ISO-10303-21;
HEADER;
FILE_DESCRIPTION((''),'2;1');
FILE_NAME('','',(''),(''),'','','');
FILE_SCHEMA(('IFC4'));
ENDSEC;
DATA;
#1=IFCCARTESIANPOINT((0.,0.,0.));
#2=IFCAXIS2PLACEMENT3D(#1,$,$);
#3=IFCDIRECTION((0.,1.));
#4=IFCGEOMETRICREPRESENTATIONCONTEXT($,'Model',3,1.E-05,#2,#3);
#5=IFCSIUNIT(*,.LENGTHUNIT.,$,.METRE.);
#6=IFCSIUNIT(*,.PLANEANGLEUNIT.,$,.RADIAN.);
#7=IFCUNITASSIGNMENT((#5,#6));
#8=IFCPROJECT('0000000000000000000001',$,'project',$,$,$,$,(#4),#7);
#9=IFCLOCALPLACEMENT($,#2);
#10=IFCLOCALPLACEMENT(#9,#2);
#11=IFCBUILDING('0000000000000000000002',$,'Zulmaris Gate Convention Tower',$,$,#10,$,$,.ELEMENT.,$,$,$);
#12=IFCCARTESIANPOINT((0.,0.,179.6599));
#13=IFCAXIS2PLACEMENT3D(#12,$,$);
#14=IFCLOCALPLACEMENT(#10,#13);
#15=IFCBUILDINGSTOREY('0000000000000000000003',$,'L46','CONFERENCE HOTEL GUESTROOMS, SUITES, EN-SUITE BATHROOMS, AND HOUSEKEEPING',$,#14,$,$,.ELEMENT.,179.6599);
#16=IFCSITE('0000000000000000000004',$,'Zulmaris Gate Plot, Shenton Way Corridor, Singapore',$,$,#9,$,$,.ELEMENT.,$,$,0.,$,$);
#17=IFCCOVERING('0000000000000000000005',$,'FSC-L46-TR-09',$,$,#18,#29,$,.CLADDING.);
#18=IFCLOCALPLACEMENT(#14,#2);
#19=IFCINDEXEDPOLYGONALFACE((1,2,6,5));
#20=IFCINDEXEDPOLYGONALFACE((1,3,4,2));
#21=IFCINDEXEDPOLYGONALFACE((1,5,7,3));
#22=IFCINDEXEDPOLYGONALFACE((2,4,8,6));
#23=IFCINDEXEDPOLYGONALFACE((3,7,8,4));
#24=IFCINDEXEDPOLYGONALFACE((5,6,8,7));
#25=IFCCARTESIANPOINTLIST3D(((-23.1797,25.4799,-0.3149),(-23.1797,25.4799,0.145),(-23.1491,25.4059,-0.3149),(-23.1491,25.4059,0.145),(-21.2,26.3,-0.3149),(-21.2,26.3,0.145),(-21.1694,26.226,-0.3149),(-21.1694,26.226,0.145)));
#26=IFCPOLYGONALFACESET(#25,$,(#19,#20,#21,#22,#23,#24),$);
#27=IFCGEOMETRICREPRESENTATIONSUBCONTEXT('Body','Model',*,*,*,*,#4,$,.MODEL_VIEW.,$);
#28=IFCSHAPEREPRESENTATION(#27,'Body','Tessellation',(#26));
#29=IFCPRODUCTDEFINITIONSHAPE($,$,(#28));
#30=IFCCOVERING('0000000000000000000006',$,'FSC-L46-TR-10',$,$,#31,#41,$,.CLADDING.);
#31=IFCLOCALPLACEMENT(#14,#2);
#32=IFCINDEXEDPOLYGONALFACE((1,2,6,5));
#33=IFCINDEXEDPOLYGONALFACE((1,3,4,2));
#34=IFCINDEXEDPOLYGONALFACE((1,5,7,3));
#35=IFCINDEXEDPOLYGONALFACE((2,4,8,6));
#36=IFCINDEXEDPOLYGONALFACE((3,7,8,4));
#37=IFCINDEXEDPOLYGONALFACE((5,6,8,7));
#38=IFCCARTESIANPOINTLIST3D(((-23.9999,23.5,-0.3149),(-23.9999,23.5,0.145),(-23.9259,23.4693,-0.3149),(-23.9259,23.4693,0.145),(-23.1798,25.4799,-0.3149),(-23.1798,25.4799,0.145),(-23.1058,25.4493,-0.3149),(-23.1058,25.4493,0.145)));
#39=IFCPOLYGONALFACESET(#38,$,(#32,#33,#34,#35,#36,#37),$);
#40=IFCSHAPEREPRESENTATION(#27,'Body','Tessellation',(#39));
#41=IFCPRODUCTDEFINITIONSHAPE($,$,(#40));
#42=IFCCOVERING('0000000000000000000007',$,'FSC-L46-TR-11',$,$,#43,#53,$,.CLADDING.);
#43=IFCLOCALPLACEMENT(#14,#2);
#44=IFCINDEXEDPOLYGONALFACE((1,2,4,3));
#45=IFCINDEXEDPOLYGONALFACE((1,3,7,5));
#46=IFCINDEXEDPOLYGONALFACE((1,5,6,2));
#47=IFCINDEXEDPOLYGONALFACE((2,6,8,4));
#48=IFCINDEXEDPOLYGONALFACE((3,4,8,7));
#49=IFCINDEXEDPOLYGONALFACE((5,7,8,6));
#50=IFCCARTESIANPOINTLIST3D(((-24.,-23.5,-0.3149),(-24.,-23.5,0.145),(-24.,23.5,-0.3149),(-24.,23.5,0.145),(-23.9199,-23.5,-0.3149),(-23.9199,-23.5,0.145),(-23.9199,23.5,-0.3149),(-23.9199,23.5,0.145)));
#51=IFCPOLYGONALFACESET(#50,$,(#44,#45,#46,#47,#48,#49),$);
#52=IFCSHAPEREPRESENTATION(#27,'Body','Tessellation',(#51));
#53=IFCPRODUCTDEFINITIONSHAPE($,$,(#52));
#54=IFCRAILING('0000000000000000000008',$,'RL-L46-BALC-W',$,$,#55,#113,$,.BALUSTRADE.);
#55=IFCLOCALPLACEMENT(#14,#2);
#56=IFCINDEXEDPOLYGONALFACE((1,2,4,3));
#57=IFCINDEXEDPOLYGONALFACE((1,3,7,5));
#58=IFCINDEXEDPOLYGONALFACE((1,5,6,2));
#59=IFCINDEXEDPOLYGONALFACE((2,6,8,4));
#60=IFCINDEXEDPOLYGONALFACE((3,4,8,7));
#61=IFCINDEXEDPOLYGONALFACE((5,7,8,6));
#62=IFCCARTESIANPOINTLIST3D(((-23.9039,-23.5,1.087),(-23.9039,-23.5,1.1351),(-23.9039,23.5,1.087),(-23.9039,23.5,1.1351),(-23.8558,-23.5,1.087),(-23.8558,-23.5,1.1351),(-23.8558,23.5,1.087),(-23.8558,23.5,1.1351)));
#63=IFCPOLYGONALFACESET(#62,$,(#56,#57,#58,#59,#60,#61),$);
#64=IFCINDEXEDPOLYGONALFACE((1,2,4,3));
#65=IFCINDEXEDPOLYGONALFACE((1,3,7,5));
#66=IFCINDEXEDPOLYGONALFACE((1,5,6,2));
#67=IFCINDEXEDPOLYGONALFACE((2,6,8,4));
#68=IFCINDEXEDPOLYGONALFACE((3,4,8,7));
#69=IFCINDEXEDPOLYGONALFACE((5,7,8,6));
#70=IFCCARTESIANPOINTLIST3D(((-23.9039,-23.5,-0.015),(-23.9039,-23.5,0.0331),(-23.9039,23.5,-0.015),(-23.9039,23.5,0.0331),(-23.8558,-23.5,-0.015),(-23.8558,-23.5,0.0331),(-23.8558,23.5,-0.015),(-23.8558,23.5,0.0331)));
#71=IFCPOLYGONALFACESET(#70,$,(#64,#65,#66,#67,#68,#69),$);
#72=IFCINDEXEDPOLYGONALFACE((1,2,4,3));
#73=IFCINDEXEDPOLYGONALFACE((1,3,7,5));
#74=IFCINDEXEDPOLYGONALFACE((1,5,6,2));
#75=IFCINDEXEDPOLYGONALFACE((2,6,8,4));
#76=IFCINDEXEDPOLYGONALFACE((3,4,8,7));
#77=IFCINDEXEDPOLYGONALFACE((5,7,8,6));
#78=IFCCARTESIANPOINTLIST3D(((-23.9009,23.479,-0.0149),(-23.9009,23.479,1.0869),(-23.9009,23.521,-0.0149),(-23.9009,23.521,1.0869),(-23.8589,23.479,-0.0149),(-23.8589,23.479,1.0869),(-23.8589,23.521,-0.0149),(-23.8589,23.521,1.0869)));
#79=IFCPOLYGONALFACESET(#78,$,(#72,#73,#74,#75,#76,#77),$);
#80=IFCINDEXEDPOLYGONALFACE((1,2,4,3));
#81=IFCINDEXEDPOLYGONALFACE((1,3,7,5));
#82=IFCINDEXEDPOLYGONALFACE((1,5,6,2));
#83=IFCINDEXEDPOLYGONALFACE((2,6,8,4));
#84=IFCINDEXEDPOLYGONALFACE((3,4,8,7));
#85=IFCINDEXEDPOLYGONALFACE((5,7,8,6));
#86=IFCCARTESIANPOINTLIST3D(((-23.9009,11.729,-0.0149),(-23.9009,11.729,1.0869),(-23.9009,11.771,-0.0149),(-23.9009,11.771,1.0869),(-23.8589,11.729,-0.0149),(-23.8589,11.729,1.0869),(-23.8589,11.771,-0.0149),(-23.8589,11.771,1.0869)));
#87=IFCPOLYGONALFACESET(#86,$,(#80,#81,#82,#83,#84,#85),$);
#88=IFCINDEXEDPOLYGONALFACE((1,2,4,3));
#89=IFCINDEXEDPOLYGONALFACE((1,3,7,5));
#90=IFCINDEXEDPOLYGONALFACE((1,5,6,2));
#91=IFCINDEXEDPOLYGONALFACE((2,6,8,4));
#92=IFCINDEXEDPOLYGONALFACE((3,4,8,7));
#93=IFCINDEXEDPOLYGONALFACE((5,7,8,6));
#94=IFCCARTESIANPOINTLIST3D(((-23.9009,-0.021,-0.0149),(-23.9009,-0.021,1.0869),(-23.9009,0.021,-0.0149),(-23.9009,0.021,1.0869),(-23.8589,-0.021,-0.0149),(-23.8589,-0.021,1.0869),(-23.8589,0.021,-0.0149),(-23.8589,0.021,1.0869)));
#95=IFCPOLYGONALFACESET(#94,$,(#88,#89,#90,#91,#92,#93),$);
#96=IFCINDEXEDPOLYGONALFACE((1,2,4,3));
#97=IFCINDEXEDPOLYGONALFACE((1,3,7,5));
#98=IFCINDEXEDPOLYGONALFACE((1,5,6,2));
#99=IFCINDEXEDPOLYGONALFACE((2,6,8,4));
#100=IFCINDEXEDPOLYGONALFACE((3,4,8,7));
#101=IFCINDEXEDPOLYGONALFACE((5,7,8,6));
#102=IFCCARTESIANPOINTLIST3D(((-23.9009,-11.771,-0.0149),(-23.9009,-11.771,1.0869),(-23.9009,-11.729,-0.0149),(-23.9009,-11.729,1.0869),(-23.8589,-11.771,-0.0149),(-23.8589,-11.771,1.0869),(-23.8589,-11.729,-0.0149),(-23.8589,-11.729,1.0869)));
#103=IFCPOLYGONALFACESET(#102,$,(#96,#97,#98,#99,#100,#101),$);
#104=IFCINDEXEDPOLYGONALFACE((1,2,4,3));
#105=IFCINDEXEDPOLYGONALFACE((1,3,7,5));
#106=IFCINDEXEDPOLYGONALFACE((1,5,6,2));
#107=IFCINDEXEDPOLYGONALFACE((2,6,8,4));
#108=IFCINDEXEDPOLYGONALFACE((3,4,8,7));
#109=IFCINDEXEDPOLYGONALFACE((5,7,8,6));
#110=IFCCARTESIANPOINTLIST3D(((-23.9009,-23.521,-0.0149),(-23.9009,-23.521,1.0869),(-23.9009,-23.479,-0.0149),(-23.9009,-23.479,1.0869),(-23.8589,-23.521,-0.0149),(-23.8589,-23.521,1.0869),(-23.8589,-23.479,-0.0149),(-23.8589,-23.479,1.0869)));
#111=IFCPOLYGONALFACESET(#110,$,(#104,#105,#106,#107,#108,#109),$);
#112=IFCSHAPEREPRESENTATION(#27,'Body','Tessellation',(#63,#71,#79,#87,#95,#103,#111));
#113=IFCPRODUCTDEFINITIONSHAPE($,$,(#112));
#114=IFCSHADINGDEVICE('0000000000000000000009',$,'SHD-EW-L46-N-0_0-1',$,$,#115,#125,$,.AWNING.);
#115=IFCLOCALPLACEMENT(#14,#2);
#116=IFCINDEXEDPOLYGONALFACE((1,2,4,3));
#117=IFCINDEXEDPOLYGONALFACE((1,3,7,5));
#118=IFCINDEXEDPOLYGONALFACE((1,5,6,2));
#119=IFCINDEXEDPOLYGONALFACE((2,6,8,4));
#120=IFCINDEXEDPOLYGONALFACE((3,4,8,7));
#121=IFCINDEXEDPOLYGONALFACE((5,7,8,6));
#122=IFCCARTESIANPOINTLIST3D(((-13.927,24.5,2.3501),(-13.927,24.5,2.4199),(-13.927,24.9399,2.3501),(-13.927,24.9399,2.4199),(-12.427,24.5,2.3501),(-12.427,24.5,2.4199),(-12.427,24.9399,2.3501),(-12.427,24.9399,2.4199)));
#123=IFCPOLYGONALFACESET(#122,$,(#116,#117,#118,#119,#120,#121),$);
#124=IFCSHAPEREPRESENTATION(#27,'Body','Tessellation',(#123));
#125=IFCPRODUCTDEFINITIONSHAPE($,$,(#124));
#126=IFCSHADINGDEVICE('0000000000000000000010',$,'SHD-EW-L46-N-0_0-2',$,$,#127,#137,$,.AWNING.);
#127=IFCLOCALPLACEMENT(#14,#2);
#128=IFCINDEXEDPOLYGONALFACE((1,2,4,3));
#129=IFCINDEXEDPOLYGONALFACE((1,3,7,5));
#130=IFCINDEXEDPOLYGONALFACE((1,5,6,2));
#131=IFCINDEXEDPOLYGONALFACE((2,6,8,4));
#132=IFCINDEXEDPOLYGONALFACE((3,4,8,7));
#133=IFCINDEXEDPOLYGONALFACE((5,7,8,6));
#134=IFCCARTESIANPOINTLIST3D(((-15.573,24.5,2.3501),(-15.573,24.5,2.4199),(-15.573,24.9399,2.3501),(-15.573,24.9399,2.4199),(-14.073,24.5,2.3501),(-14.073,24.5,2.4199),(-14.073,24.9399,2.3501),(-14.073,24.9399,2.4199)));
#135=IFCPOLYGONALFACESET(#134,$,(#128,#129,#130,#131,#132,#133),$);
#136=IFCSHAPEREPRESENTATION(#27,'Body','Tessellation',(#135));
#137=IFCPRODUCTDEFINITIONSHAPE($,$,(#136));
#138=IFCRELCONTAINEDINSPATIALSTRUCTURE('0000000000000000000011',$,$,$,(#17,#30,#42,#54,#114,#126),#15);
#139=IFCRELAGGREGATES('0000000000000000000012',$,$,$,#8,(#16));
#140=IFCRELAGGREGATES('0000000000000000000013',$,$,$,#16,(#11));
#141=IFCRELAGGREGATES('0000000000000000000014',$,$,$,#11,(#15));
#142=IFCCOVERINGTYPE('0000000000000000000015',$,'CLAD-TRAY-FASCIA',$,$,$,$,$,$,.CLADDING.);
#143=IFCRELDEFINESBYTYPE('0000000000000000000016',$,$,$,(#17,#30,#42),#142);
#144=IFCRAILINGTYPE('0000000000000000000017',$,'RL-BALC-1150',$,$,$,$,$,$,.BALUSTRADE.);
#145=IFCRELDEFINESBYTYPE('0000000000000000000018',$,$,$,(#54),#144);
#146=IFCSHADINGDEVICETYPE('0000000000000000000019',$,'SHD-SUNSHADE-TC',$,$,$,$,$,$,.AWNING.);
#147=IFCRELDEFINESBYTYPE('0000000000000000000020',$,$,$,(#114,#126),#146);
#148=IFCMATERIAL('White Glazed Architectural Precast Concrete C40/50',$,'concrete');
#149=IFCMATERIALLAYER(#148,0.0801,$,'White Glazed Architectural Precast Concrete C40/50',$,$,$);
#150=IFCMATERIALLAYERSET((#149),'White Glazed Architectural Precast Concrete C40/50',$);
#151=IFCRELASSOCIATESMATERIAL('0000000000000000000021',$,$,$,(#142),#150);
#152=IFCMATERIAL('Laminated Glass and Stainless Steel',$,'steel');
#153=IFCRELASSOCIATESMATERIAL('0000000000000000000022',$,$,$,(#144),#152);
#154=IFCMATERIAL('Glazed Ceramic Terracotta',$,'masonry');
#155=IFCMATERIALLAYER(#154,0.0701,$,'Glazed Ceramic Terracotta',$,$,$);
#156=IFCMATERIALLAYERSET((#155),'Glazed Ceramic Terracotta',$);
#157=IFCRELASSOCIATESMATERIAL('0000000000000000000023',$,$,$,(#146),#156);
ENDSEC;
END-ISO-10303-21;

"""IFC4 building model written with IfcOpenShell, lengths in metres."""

from ifc_helpers import new_model, si_unit, direction, frame, frame_2d, origin, origin_2d, place, context, subcontext, project, spatial, rectangle, extrude, material, layer, layer_set, type_object, element, save


model = new_model("IFC4")

# Units and contexts
model_context = context("Model", 3, precision=1e-05, world=origin(), true_north=direction((0.0, 1.0)))
body_context = subcontext(model_context, "Body", "Model", "MODEL_VIEW")
ifc_project = project(units=[si_unit("LENGTHUNIT", "METRE"), si_unit("PLANEANGLEUNIT", "RADIAN")], contexts=[model_context])

# Site, building, storey
site_placement = place(None, origin())
site = spatial("IfcSite", under=ifc_project, at=site_placement, Name="Zulmaris Gate Plot, Shenton Way Corridor, Singapore", CompositionType="ELEMENT", RefElevation=0.0)
building_placement = place(site_placement, origin())
building = spatial("IfcBuilding", under=site, at=building_placement, Name="Zulmaris Gate Convention Tower", CompositionType="ELEMENT")
storey_placement = place(building_placement, frame((0.0, 0.0, 179.6599)))
storey = spatial("IfcBuildingStorey", under=building, at=storey_placement, Name="L46", Description="CONFERENCE HOTEL GUESTROOMS, SUITES, EN-SUITE BATHROOMS, AND HOUSEKEEPING", CompositionType="ELEMENT", Elevation=179.6599)

# Coverings
ifc_material_1 = material(Name="White Glazed Architectural Precast Concrete C40/50", Category="concrete")
ifc_layer_1 = layer(ifc_material_1, 0.0801, Name="White Glazed Architectural Precast Concrete C40/50")
ifc_layer_set_1 = layer_set([ifc_layer_1], Name="White Glazed Architectural Precast Concrete C40/50")
covering_type = type_object("IfcCoveringType", Name="CLAD-TRAY-FASCIA", PredefinedType="CLADDING", material=ifc_layer_set_1)
covering_1_placement = place(storey_placement, frame((-21.1848, 26.2629, -0.3149), z_axis=(0.0, 0.0, 1.0), x_axis=(-0.923874, -0.382697, 0.0)))
element("IfcCovering", 1, at=covering_1_placement, inside=storey, type_object=covering_type, Name="FSC-L46-TR-09", PredefinedType="CLADDING", context=body_context, shape_type="SweptSolid", body=[
    extrude(rectangle(XDim=2.1428, YDim=0.0801, at=frame_2d((1.0713, 0.0))), origin(), (0.0, 0.0, 1.0), 0.46),
])
covering_2_placement = place(storey_placement, frame((-23.1428, 25.4646, -0.3149), z_axis=(0.0, 0.0, 1.0), x_axis=(-0.382657, -0.92389, 0.0)))
element("IfcCovering", 2, at=covering_2_placement, inside=storey, type_object=covering_type, Name="FSC-L46-TR-10", PredefinedType="CLADDING", context=body_context, shape_type="SweptSolid", body=[
    extrude(rectangle(XDim=2.1431, YDim=0.0801, at=frame_2d((1.0715, 0.0))), origin(), (0.0, 0.0, 1.0), 0.46),
])
covering_3_placement = place(storey_placement, frame((-23.96, 23.5, -0.3149), z_axis=(0.0, 0.0, 1.0), x_axis=(0.0, -1.0, 0.0)))
element("IfcCovering", 3, at=covering_3_placement, inside=storey, type_object=covering_type, Name="FSC-L46-TR-11", PredefinedType="CLADDING", context=body_context, shape_type="SweptSolid", body=[
    extrude(rectangle(XDim=47.0, YDim=0.0801, at=frame_2d((23.5, 0.0))), origin(), (0.0, 0.0, 1.0), 0.46),
])

# Railing
ifc_material_2 = material(Name="Laminated Glass and Stainless Steel", Category="steel")
railing_type = type_object("IfcRailingType", Name="RL-BALC-1150", PredefinedType="BALUSTRADE", material=ifc_material_2)
railing_placement = place(storey_placement, frame((-23.8799, 23.5, -0.0149)))
element("IfcRailing", 4, at=railing_placement, inside=storey, type_object=railing_type, Name="RL-L46-BALC-W", PredefinedType="BALUSTRADE", context=body_context, shape_type="SweptSolid", body=[
    extrude(rectangle(XDim=0.0481, YDim=0.0481, at=origin_2d()), frame((0.0, 0.0, 1.126), z_axis=(0.0, -1.0, 0.0), x_axis=(1.0, 0.0, 0.0)), (0.0, 0.0, 1.0), 47.0),
    extrude(rectangle(XDim=0.0481, YDim=0.0481, at=origin_2d()), frame((0.0, 0.0, 0.0239), z_axis=(0.0, -1.0, 0.0), x_axis=(1.0, 0.0, 0.0)), (0.0, 0.0, 1.0), 47.0),
    extrude(rectangle(XDim=0.042, YDim=0.042, at=origin_2d()), origin(), (0.0, 0.0, 1.0), 1.1018),
    extrude(rectangle(XDim=0.042, YDim=0.042, at=origin_2d()), frame((0.0, -11.75, 0.0)), (0.0, 0.0, 1.0), 1.1018),
    extrude(rectangle(XDim=0.042, YDim=0.042, at=origin_2d()), frame((0.0, -23.5, 0.0)), (0.0, 0.0, 1.0), 1.1018),
    extrude(rectangle(XDim=0.042, YDim=0.042, at=origin_2d()), frame((0.0, -35.25, 0.0)), (0.0, 0.0, 1.0), 1.1018),
    extrude(rectangle(XDim=0.042, YDim=0.042, at=origin_2d()), frame((0.0, -47.0, 0.0)), (0.0, 0.0, 1.0), 1.1018),
])

# Shading devices
ifc_material_3 = material(Name="Glazed Ceramic Terracotta", Category="masonry")
ifc_layer_2 = layer(ifc_material_3, 0.0701, Name="Glazed Ceramic Terracotta")
ifc_layer_set_2 = layer_set([ifc_layer_2], Name="Glazed Ceramic Terracotta")
shading_device_type = type_object("IfcShadingDeviceType", Name="SHD-SUNSHADE-TC", PredefinedType="AWNING", material=ifc_layer_set_2)
for number, where, z_axis, x_axis, name in (
    (5, (-12.427, 24.72, 2.3501), (0.0, 0.0, 1.0), (-1.0, 0.0, 0.0), "SHD-EW-L46-N-0_0-1"),
    (6, (-14.073, 24.72, 2.3501), (0.0, 0.0, 1.0), (-1.0, 0.0, 0.0), "SHD-EW-L46-N-0_0-2"),
):
    element("IfcShadingDevice", number, at=place(storey_placement, frame(where, z_axis=z_axis, x_axis=x_axis)), inside=storey, type_object=shading_device_type, Name=name, PredefinedType="AWNING", context=body_context, shape_type="SweptSolid", body=[
        extrude(rectangle(XDim=1.5, YDim=0.4399, at=frame_2d((0.75, 0.0))), origin(), (0.0, 0.0, 1.0), 0.0698),
    ])

save(model, "model.ifc")
